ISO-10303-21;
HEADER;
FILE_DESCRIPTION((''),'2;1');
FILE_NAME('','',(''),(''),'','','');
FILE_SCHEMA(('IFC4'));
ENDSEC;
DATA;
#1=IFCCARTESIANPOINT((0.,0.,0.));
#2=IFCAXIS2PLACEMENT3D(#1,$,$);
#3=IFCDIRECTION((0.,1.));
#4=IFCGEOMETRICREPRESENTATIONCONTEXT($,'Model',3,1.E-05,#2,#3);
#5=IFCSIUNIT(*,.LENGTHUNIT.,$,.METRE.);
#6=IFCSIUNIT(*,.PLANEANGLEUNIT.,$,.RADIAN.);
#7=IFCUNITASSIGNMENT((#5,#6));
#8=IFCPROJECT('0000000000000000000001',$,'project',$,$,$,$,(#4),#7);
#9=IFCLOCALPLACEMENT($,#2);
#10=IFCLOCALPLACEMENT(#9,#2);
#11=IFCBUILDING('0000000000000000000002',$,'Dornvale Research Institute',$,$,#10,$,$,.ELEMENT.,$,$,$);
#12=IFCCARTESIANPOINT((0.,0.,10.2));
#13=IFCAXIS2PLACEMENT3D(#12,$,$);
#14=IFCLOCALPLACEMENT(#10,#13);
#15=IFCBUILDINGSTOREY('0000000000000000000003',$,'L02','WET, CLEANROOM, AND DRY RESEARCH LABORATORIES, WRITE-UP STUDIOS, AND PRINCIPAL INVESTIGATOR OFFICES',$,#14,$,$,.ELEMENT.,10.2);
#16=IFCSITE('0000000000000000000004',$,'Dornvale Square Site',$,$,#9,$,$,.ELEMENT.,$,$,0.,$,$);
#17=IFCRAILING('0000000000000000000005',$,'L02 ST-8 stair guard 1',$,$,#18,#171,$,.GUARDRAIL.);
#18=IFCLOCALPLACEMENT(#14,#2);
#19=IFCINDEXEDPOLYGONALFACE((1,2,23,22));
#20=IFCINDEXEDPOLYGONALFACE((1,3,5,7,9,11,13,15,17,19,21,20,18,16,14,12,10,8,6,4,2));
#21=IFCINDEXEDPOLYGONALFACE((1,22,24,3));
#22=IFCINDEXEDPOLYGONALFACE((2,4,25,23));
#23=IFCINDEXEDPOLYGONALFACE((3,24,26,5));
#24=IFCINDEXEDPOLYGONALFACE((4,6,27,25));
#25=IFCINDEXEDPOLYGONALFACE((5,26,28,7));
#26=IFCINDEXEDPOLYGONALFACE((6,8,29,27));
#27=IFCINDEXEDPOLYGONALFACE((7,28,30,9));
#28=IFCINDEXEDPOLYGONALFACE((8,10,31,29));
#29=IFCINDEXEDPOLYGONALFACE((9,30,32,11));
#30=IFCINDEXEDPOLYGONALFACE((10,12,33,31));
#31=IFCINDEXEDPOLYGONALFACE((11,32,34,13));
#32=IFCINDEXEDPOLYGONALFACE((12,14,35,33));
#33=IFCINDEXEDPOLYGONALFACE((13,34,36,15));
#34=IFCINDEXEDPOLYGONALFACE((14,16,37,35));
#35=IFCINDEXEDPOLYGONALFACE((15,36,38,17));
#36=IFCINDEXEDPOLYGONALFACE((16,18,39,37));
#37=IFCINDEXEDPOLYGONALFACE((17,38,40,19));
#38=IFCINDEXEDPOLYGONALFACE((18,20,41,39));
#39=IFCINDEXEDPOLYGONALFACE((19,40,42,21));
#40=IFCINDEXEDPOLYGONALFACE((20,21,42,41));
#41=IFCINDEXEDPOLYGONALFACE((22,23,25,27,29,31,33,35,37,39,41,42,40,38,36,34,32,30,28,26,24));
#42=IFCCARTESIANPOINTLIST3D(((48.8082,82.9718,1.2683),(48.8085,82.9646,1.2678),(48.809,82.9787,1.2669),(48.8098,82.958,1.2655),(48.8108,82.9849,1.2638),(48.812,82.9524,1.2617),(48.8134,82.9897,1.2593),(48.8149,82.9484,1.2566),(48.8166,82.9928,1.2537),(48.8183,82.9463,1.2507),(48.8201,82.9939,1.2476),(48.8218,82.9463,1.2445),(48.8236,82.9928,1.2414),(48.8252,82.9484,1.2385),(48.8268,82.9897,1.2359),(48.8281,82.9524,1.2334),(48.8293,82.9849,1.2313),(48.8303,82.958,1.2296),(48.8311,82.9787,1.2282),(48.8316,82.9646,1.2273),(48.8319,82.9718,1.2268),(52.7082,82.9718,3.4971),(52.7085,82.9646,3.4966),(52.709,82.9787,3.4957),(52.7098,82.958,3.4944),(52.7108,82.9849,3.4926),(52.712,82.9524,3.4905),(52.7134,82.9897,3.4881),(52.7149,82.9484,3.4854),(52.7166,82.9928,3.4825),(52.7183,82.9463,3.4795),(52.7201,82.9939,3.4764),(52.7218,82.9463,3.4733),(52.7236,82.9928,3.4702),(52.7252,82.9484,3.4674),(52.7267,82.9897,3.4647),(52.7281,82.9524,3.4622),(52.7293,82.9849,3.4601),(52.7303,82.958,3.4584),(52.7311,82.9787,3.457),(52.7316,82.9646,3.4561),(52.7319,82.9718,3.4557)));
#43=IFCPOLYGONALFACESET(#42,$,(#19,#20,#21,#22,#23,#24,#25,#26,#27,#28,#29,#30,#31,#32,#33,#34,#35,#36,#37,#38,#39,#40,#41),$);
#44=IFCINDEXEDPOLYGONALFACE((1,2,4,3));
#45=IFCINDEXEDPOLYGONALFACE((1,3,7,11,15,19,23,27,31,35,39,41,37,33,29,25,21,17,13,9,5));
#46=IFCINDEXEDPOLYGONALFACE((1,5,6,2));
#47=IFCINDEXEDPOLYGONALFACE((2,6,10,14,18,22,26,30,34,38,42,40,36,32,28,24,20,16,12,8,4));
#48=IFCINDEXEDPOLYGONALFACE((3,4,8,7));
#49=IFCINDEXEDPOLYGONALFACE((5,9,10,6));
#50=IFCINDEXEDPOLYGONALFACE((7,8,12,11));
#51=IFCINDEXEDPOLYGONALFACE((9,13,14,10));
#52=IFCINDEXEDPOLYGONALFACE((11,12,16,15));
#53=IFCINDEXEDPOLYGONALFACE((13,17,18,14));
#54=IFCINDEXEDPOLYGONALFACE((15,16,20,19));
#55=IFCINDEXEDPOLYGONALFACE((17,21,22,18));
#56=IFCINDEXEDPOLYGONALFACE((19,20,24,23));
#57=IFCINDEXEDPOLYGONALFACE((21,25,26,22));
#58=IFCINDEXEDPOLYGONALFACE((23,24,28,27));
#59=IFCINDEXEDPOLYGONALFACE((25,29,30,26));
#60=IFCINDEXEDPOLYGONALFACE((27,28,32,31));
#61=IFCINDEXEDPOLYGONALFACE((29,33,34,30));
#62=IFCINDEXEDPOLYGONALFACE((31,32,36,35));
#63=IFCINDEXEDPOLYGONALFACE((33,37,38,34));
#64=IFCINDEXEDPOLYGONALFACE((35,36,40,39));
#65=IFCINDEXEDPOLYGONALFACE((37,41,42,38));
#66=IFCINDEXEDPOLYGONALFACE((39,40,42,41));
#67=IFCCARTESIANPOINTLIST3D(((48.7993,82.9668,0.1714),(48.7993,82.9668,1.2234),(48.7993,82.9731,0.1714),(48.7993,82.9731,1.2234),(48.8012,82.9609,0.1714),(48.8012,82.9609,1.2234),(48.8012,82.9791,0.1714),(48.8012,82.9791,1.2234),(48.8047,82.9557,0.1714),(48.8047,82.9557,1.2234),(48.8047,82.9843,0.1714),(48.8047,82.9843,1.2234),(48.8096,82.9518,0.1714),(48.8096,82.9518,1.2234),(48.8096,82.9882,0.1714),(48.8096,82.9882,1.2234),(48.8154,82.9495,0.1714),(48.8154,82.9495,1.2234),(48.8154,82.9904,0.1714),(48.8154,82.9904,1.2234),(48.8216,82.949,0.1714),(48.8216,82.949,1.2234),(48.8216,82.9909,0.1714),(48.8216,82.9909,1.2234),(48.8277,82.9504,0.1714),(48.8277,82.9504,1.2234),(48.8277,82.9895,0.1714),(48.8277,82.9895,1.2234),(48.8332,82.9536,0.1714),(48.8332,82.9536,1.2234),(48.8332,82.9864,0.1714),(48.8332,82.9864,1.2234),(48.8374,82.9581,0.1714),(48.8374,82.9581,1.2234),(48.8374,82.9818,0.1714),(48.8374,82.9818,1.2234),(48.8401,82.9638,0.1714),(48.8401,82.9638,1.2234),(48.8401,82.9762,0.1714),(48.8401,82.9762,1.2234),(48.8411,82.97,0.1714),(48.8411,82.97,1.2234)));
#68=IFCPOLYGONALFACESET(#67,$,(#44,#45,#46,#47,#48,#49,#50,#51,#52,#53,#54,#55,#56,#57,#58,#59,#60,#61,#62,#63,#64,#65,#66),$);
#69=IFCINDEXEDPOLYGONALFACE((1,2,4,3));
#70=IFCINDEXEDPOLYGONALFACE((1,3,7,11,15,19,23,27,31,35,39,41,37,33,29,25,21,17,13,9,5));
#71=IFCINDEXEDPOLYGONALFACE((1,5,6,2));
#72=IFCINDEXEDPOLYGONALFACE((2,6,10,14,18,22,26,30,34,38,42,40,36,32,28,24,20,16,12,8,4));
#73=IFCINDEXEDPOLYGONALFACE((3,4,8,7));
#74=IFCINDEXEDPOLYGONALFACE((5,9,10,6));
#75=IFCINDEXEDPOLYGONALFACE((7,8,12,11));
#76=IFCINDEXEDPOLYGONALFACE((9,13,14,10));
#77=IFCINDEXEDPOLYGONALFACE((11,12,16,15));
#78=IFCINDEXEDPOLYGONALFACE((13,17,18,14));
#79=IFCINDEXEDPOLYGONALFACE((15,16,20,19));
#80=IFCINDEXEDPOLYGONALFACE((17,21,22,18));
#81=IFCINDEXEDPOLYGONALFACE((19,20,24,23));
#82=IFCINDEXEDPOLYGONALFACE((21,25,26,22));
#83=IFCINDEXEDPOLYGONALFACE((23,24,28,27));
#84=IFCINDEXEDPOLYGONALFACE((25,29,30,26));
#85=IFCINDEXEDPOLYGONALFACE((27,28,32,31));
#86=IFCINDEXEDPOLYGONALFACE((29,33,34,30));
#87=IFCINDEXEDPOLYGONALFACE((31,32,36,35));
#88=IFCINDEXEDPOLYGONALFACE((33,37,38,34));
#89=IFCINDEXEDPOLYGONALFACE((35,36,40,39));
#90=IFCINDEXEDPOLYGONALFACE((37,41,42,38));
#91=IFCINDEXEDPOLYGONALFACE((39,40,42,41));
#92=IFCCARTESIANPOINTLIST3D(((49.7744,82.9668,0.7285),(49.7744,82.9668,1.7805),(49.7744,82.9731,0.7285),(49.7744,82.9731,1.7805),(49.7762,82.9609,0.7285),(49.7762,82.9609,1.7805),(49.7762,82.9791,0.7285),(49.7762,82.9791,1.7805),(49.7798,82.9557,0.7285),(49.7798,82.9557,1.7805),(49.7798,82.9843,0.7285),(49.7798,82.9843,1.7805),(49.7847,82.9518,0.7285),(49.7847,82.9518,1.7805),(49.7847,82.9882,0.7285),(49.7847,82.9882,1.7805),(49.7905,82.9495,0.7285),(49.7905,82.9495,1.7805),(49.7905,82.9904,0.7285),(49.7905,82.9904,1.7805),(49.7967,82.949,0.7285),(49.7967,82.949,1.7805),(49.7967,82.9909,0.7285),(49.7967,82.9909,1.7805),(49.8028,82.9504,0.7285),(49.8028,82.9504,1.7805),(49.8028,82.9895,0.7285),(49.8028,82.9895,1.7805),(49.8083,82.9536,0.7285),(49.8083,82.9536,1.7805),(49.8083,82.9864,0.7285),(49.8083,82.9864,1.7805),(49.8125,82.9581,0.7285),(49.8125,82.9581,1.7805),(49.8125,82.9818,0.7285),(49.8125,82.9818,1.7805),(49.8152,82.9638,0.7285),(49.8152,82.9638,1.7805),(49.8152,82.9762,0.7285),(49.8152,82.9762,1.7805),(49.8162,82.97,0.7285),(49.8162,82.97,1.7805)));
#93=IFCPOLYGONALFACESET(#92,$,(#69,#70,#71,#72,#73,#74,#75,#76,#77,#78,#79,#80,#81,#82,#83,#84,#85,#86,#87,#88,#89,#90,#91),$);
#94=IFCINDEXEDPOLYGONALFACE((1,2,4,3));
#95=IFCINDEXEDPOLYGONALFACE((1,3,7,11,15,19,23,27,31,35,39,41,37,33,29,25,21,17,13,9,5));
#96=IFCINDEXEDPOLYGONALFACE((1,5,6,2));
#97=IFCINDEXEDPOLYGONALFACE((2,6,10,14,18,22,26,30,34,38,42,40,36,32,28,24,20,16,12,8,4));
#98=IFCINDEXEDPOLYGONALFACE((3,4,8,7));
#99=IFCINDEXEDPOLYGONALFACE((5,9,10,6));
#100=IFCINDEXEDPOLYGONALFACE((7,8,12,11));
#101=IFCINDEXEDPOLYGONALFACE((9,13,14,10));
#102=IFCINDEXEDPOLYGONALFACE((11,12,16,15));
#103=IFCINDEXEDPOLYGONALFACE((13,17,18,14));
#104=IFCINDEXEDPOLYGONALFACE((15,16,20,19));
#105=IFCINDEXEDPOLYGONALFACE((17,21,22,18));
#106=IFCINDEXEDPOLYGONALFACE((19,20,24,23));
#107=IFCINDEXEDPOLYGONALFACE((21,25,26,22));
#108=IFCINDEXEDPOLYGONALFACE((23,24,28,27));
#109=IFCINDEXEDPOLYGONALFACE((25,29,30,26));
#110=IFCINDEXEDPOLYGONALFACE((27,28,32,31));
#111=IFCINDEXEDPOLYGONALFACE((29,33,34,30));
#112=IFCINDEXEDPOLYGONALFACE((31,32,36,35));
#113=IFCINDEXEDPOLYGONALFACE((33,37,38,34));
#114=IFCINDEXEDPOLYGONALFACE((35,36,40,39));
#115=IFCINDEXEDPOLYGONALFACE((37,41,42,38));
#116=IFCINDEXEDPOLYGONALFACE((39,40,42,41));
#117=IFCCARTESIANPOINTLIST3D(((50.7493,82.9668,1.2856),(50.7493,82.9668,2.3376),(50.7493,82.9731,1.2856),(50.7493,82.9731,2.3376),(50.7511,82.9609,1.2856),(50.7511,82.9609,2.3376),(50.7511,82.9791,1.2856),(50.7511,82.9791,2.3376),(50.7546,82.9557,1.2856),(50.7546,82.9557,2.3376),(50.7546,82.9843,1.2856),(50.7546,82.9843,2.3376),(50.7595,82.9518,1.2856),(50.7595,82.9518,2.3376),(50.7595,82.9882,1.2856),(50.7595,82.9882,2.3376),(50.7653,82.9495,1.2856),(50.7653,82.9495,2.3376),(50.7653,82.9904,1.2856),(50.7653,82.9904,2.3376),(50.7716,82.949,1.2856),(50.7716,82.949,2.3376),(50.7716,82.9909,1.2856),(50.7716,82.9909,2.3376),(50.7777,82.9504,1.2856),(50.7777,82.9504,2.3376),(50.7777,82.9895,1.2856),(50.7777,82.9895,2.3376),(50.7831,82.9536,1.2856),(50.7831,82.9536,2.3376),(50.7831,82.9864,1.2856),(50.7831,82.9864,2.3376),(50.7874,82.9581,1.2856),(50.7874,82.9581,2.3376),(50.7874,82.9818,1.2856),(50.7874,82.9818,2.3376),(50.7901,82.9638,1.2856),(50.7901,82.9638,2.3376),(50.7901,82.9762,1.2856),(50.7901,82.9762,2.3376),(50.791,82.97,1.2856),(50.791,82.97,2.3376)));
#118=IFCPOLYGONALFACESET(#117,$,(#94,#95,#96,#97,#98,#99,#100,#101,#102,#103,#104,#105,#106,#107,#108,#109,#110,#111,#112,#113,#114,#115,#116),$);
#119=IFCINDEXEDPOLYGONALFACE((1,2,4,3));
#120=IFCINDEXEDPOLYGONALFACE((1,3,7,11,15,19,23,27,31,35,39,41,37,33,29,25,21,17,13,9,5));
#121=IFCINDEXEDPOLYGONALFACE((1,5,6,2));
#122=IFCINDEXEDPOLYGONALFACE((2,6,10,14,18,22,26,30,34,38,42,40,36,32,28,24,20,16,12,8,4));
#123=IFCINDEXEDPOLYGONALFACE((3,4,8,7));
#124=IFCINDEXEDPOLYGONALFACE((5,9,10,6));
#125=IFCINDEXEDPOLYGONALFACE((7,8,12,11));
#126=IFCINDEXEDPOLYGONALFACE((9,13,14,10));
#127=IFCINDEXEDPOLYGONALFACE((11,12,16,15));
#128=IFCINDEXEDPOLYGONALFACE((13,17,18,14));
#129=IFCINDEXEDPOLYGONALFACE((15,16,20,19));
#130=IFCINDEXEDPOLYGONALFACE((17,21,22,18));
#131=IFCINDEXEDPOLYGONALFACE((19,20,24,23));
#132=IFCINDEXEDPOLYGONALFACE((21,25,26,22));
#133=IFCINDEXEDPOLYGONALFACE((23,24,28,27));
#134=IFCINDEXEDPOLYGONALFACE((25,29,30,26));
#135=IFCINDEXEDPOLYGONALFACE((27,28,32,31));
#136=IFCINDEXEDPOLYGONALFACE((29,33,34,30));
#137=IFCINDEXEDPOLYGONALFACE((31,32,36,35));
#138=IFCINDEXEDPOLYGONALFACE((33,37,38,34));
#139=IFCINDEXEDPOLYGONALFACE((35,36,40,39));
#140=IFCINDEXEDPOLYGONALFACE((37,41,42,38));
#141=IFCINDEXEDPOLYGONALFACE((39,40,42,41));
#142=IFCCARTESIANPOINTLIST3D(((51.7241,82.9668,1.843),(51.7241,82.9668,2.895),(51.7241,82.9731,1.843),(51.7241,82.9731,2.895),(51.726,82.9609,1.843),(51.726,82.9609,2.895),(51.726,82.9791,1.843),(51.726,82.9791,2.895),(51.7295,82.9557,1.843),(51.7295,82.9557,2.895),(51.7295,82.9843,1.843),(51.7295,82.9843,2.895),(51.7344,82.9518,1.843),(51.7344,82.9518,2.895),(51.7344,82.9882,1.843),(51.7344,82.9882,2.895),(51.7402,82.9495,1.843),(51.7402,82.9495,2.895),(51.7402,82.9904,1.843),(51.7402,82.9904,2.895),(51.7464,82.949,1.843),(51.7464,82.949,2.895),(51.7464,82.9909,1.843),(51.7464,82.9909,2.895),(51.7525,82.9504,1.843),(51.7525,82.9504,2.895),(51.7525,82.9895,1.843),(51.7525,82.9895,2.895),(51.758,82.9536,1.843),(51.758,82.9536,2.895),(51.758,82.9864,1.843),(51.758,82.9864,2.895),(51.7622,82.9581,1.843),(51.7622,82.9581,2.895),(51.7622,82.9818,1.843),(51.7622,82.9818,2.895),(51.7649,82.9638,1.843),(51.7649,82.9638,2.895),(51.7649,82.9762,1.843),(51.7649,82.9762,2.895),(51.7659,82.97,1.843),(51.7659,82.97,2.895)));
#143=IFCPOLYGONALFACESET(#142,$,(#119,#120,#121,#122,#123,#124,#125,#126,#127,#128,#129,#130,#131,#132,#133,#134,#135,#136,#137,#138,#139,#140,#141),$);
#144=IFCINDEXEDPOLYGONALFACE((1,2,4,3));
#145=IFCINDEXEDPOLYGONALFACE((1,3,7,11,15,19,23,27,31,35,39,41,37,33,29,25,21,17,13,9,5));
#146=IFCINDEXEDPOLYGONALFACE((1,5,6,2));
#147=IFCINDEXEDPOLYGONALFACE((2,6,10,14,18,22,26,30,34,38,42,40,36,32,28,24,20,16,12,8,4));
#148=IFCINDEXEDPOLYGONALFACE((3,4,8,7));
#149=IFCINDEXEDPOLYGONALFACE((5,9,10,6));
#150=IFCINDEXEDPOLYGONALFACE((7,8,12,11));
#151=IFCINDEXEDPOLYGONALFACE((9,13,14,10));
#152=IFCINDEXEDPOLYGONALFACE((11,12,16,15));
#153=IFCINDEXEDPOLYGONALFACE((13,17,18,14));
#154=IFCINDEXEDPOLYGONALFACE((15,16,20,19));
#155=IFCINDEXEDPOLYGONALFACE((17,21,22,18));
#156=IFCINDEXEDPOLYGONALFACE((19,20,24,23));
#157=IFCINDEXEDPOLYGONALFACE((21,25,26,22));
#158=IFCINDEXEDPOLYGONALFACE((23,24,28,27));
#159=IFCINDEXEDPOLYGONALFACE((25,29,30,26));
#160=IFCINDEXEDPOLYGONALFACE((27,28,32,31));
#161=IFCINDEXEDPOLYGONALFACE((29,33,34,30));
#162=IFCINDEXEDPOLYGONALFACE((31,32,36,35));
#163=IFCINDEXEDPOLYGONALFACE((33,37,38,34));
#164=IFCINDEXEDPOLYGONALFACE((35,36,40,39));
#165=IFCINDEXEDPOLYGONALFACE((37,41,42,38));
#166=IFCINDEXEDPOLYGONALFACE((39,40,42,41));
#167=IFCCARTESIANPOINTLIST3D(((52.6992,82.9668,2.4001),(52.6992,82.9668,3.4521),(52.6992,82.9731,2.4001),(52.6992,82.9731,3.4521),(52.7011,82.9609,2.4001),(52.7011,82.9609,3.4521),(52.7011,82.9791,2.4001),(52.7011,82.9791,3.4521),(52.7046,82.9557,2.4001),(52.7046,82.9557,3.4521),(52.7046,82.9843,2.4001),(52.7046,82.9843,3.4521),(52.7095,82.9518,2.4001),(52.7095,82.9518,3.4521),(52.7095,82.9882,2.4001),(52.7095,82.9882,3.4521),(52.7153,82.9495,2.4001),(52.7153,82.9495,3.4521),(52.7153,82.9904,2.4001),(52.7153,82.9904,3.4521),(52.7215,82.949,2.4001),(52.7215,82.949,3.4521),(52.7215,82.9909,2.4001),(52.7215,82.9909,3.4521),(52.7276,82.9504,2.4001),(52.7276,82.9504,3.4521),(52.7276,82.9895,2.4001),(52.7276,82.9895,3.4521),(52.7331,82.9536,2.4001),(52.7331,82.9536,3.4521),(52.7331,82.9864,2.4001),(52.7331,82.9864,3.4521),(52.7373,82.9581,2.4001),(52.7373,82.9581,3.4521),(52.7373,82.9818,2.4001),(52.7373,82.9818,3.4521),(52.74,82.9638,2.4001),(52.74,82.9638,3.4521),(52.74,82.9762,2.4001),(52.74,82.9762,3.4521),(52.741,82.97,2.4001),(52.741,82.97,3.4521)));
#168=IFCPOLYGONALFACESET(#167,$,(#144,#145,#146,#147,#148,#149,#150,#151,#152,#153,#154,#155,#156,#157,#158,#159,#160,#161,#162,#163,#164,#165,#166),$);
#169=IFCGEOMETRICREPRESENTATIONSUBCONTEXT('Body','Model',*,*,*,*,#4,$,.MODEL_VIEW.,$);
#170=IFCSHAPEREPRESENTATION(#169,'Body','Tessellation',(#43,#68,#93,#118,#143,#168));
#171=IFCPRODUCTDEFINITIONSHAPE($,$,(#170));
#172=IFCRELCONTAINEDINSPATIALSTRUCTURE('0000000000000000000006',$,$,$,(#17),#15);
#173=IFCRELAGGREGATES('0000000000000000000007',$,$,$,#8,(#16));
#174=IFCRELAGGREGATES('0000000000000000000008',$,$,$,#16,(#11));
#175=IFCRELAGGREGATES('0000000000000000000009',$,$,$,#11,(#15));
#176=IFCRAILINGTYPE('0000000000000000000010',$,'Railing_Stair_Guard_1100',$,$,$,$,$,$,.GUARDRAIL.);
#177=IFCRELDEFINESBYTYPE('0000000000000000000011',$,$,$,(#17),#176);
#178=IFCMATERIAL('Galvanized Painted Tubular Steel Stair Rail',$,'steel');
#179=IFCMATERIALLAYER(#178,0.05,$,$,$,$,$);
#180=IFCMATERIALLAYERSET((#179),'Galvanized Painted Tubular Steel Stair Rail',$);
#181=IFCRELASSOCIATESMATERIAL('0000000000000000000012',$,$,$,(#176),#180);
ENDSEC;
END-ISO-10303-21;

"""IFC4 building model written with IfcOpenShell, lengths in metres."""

from ifc_helpers import new_model, si_unit, direction, frame, origin, origin_2d, place, context, subcontext, project, spatial, circle, extrude, material, layer, layer_set, type_object, element, save


model = new_model("IFC4")

# Units and contexts
model_context = context("Model", 3, precision=1e-05, world=origin(), true_north=direction((0.0, 1.0)))
body_context = subcontext(model_context, "Body", "Model", "MODEL_VIEW")
ifc_project = project(units=[si_unit("LENGTHUNIT", "METRE"), si_unit("PLANEANGLEUNIT", "RADIAN")], contexts=[model_context])

# Site, building, storey
site_placement = place(None, origin())
site = spatial("IfcSite", under=ifc_project, at=site_placement, Name="Dornvale Square Site", CompositionType="ELEMENT", RefElevation=0.0)
building_placement = place(site_placement, origin())
building = spatial("IfcBuilding", under=site, at=building_placement, Name="Dornvale Research Institute", CompositionType="ELEMENT")
storey_placement = place(building_placement, frame((0.0, 0.0, 10.2)))
storey = spatial("IfcBuildingStorey", under=building, at=storey_placement, Name="L02", Description="WET, CLEANROOM, AND DRY RESEARCH LABORATORIES, WRITE-UP STUDIOS, AND PRINCIPAL INVESTIGATOR OFFICES", CompositionType="ELEMENT", Elevation=10.2)

# Railing
ifc_material_1 = material(Name="Galvanized Painted Tubular Steel Stair Rail", Category="steel")
ifc_layer_1 = layer(ifc_material_1, 0.05)
ifc_layer_set_1 = layer_set([ifc_layer_1], Name="Galvanized Painted Tubular Steel Stair Rail")
railing_type_1 = type_object("IfcRailingType", Name="Railing_Stair_Guard_1100", PredefinedType="GUARDRAIL", material=ifc_layer_set_1)
railing_1_placement = place(storey_placement, frame((48.8201, 82.97, 0.1714)))
element("IfcRailing", 1, at=railing_1_placement, inside=storey, type_object=railing_type_1, Name="L02 ST-8 stair guard 1", PredefinedType="GUARDRAIL", context=body_context, shape_type="SweptSolid", body=[
    extrude(circle(Radius=0.0239, at=origin_2d()), frame((0.0, 0.0, 1.0762), z_axis=(0.86822, 0.0, 0.49618), x_axis=(0.0, 1.0, 0.0)), (0.0, 0.0, 1.0), 4.4919),
    extrude(circle(Radius=0.021, at=origin_2d()), origin(), (0.0, 0.0, 1.0), 1.052),
    extrude(circle(Radius=0.021, at=origin_2d()), frame((0.9751, 0.0, 0.5571)), (0.0, 0.0, 1.0), 1.052),
    extrude(circle(Radius=0.021, at=origin_2d()), frame((1.95, 0.0, 1.1143)), (0.0, 0.0, 1.0), 1.052),
    extrude(circle(Radius=0.021, at=origin_2d()), frame((2.9248, 0.0, 1.6716)), (0.0, 0.0, 1.0), 1.052),
    extrude(circle(Radius=0.021, at=origin_2d()), frame((3.8999, 0.0, 2.2288)), (0.0, 0.0, 1.0), 1.052),
])

save(model, "model.ifc")
